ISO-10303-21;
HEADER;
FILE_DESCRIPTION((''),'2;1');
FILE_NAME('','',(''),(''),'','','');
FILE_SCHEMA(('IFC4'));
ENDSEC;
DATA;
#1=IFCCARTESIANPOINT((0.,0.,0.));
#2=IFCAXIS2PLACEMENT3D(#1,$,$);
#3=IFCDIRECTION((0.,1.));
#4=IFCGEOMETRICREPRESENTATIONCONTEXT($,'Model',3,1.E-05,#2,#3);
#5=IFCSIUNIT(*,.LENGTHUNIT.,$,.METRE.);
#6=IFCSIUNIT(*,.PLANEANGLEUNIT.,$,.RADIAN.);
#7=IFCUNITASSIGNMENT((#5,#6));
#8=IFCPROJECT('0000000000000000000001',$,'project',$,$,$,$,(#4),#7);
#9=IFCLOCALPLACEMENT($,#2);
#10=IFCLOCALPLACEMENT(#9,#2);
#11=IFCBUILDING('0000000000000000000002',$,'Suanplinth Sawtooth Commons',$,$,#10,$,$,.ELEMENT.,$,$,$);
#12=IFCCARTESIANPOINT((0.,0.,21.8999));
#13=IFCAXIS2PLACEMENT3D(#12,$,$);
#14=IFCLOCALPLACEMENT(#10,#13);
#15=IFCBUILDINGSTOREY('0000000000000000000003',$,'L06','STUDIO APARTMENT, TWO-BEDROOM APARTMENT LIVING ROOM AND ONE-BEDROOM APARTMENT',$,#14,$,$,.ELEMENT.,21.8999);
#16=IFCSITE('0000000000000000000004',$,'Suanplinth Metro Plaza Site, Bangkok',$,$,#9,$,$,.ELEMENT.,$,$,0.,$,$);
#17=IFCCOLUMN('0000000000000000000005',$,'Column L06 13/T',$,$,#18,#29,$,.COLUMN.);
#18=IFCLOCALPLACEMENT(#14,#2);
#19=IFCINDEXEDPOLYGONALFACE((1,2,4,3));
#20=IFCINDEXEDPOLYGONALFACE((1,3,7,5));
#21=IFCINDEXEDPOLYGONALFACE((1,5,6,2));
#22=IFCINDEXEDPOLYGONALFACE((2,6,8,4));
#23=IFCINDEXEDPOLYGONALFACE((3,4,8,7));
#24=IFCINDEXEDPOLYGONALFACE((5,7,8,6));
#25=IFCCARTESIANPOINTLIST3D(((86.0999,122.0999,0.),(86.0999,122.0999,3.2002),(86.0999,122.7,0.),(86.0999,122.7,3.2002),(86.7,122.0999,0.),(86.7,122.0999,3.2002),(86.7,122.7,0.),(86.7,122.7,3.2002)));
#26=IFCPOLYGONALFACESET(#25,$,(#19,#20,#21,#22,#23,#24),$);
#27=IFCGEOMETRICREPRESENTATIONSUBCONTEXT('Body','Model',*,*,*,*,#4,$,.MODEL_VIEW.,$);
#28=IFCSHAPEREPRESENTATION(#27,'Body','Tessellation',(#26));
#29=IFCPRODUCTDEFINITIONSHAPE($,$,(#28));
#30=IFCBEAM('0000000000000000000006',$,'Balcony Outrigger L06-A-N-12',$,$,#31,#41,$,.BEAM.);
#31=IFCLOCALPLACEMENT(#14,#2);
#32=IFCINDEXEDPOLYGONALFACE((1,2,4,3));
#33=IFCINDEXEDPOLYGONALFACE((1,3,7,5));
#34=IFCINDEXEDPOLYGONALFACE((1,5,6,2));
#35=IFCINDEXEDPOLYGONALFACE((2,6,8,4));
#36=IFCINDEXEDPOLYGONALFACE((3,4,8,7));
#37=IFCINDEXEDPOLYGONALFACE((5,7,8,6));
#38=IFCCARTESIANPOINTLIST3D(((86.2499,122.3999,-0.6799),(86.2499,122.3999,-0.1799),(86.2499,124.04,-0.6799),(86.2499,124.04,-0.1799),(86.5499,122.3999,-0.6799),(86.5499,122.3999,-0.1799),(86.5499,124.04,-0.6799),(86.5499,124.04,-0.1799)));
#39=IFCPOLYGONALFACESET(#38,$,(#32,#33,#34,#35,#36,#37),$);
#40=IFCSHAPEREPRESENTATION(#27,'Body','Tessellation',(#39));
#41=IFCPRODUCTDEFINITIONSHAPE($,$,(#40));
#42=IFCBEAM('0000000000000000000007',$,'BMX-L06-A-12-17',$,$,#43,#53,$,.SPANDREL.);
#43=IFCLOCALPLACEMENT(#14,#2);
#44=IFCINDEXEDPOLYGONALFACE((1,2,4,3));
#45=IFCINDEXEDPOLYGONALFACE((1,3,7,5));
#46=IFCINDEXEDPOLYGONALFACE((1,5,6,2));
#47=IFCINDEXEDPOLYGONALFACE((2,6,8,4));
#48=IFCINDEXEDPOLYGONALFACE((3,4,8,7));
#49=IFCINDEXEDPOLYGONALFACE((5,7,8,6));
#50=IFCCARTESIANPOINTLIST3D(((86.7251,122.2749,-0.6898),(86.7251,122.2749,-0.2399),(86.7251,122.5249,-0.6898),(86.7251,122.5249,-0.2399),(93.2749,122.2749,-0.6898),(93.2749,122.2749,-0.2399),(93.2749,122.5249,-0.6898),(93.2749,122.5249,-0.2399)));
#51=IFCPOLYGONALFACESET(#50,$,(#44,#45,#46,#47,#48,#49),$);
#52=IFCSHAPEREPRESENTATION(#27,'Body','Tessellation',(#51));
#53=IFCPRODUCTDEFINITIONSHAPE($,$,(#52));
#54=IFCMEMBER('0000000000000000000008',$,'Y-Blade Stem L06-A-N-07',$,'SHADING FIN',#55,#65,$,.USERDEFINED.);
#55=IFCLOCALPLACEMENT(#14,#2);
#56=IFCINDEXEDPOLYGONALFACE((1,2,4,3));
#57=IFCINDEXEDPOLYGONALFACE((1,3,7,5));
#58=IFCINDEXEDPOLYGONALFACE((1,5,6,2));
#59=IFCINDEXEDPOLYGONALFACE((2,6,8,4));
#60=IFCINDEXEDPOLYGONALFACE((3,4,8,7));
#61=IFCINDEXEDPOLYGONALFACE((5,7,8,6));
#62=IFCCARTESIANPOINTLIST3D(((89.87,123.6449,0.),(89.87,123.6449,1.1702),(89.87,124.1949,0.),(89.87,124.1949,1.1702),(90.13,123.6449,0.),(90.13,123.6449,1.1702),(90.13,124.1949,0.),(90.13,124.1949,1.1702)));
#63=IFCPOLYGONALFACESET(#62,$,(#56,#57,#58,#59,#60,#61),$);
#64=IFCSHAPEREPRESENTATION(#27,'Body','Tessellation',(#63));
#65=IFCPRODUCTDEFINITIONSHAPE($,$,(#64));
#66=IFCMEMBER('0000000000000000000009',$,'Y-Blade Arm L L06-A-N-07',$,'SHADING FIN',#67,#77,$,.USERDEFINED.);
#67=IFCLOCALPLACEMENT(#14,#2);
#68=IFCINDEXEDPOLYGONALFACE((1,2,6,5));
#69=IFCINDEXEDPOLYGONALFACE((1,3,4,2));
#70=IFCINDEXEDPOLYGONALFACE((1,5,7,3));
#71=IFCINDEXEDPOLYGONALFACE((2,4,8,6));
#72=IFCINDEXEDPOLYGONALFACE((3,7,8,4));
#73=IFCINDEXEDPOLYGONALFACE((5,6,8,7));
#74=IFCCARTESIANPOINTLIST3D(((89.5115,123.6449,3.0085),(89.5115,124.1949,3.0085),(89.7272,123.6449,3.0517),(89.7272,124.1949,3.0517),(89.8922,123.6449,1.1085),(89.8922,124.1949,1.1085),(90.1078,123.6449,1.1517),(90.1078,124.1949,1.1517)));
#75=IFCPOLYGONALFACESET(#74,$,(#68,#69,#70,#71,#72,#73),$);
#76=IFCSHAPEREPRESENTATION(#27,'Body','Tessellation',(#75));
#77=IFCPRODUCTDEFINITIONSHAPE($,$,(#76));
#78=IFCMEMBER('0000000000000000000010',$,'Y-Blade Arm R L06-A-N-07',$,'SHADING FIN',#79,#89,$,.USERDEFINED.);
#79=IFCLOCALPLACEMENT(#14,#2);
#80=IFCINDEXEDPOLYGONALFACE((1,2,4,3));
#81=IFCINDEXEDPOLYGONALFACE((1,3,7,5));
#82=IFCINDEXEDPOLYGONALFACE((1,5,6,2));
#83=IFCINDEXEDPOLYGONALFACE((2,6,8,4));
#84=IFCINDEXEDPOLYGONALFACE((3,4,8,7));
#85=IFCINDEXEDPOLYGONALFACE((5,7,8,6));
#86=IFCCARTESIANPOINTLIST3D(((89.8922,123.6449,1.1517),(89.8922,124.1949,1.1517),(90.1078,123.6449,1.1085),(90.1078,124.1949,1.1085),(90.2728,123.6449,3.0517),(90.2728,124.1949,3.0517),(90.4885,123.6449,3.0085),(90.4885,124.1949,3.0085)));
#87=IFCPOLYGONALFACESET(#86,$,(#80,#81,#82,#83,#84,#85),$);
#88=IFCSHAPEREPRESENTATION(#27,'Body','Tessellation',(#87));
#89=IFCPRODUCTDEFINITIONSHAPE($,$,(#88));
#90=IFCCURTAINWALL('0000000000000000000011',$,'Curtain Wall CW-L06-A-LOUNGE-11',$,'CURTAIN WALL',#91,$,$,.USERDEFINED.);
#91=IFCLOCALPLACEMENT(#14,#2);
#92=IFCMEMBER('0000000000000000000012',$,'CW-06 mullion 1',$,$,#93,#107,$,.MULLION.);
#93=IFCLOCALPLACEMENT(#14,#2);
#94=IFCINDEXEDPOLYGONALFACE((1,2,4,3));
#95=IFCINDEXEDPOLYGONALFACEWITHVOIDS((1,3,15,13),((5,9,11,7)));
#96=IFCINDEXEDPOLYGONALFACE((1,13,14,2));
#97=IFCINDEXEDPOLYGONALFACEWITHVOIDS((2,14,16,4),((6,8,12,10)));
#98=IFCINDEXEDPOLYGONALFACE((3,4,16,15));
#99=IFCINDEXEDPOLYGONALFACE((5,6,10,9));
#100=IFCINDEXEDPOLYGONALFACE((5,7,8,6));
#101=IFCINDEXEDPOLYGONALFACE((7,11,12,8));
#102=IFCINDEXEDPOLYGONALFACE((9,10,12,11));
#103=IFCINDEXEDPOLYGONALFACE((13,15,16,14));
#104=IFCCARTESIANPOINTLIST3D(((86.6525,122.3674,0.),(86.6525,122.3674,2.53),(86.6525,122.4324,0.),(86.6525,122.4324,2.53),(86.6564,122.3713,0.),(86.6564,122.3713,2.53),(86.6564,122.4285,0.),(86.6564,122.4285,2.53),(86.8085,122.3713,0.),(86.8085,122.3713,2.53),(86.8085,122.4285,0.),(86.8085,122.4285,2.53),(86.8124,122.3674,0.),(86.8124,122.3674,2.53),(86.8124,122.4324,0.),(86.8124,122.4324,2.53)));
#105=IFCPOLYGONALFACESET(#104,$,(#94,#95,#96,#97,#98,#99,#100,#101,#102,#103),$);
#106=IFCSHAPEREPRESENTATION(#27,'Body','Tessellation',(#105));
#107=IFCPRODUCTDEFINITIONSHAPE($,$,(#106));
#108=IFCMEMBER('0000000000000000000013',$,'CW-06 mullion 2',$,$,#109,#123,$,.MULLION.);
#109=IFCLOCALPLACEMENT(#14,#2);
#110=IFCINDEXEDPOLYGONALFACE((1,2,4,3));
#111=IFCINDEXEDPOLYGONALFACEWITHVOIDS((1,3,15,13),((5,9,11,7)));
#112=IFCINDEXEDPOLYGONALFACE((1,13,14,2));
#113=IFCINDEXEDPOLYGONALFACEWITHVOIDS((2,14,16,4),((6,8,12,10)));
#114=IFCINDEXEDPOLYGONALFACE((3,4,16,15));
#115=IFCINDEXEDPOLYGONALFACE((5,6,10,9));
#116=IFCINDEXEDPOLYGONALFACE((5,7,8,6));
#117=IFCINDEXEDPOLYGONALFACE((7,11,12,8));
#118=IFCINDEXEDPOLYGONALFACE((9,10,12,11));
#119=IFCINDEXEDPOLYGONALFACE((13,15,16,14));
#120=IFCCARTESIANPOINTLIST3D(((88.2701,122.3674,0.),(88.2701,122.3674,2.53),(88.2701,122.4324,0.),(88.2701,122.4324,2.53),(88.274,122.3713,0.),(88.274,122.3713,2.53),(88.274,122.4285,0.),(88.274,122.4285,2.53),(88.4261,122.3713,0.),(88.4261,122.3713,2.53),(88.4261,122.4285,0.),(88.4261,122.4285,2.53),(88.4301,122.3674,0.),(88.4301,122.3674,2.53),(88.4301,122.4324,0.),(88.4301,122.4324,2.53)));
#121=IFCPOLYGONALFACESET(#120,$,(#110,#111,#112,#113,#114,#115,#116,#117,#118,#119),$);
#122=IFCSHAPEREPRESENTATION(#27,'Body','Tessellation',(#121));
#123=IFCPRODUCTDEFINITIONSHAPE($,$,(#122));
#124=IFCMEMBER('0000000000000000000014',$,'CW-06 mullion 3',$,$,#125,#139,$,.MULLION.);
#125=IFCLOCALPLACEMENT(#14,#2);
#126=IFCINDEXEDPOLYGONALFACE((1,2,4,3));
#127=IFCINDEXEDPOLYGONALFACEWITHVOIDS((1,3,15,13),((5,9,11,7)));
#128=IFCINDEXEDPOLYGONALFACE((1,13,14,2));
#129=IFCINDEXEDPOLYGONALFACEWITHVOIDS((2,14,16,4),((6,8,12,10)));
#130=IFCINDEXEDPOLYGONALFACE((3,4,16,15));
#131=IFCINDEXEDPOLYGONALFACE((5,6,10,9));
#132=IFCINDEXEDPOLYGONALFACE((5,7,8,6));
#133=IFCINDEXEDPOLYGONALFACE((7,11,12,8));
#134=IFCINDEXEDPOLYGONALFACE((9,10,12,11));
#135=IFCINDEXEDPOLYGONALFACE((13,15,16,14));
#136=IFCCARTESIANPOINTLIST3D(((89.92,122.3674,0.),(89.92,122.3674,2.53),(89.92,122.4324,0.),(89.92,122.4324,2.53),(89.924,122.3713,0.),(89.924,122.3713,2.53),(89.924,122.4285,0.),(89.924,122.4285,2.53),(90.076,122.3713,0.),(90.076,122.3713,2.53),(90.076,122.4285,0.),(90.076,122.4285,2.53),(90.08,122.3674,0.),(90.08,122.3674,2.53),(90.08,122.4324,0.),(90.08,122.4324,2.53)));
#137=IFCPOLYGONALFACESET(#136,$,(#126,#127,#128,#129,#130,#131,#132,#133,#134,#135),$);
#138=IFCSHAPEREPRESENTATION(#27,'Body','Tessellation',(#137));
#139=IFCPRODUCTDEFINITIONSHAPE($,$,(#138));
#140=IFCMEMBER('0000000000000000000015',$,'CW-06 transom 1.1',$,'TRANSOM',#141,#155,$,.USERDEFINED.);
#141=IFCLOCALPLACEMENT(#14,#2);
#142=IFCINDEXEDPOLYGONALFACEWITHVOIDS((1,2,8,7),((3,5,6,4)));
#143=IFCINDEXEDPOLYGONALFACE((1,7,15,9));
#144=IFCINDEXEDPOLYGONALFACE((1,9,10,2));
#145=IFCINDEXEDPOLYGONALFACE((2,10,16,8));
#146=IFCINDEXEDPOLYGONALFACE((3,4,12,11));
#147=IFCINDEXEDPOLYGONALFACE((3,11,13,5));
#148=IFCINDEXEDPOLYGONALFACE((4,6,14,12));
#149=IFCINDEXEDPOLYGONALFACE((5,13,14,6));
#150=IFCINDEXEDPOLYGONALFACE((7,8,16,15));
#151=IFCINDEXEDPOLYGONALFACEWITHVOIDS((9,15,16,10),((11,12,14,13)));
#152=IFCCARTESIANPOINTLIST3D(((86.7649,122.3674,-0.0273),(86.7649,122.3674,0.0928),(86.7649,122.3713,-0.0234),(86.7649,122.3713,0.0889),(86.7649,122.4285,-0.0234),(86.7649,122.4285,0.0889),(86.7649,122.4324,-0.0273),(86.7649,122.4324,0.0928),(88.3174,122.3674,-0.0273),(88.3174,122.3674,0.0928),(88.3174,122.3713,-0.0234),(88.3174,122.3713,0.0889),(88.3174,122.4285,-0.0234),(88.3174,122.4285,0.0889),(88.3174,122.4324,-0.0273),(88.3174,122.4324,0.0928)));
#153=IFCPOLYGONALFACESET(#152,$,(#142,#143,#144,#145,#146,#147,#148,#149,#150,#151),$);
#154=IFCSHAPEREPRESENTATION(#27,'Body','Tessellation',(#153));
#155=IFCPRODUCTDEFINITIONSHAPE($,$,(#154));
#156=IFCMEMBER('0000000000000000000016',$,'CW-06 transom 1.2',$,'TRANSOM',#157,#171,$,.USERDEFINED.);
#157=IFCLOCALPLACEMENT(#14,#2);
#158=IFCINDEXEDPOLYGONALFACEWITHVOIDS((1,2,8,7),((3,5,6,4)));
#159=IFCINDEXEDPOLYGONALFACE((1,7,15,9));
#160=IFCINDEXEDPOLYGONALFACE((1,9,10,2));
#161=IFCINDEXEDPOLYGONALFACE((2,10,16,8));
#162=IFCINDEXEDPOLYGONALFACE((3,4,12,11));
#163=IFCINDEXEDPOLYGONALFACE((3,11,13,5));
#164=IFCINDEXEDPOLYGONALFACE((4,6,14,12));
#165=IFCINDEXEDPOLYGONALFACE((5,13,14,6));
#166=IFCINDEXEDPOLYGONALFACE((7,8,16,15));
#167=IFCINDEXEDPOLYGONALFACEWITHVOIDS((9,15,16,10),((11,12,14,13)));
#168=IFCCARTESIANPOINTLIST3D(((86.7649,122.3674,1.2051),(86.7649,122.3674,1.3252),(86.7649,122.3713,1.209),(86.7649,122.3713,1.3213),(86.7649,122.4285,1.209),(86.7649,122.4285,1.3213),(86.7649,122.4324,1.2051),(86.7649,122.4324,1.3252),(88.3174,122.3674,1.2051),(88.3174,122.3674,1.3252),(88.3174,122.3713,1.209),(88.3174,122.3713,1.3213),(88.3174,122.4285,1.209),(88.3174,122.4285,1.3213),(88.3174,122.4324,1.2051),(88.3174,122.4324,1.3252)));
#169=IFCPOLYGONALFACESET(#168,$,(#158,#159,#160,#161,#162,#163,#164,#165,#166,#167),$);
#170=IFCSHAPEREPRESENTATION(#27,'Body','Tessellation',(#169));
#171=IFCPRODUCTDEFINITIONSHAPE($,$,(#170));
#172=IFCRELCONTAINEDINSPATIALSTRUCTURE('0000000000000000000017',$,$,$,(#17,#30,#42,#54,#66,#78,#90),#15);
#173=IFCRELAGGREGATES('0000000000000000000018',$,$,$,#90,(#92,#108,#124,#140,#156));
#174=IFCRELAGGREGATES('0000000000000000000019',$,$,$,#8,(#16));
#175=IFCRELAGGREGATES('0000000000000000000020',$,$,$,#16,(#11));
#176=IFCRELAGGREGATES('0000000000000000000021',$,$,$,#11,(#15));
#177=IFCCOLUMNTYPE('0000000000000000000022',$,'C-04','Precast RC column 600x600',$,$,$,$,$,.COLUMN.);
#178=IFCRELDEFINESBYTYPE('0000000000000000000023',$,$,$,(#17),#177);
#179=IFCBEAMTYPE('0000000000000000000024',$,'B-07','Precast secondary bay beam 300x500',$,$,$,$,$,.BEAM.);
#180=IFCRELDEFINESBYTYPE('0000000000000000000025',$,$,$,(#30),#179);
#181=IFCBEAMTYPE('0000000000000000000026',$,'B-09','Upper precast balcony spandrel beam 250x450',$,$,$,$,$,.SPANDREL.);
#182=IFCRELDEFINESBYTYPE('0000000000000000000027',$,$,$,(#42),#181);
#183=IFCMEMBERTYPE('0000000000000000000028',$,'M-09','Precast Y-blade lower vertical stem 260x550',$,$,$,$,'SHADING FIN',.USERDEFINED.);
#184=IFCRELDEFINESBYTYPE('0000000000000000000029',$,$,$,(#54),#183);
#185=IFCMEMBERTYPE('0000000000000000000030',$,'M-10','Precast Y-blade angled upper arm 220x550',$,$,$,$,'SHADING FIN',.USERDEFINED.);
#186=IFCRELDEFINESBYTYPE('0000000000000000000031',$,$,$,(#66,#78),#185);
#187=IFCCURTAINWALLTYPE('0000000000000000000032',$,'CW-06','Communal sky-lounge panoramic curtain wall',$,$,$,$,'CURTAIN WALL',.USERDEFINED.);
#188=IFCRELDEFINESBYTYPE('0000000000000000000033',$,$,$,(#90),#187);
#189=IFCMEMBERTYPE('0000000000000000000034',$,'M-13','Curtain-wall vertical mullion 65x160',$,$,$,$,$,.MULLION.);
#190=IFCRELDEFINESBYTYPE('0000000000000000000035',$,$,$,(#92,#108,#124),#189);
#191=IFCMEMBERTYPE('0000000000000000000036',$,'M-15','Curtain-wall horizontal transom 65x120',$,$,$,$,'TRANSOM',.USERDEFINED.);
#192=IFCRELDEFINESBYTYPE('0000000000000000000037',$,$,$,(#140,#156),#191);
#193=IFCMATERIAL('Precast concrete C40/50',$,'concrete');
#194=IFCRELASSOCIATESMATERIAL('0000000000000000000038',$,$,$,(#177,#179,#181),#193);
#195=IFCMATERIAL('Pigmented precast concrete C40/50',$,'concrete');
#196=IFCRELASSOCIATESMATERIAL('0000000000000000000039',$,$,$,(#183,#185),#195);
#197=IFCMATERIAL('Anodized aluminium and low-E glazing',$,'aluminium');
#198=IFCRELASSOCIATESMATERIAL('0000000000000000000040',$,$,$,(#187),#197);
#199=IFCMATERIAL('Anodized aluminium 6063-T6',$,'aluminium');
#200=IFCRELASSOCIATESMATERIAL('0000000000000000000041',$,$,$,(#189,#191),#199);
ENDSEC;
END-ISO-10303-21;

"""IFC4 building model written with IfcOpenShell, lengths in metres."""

from ifc_helpers import new_model, si_unit, direction, frame, origin, origin_2d, place, context, subcontext, project, spatial, rectangle, hollow_rectangle, extrude, material, material_profile, profile_set, type_object, element, aggregate, save


model = new_model("IFC4")

# Units and contexts
model_context = context("Model", 3, precision=1e-05, world=origin(), true_north=direction((0.0, 1.0)))
body_context = subcontext(model_context, "Body", "Model", "MODEL_VIEW")
ifc_project = project(units=[si_unit("LENGTHUNIT", "METRE"), si_unit("PLANEANGLEUNIT", "RADIAN")], contexts=[model_context])

# Site, building, storey
site_placement = place(None, origin())
site = spatial("IfcSite", under=ifc_project, at=site_placement, Name="Suanplinth Metro Plaza Site, Bangkok", CompositionType="ELEMENT", RefElevation=0.0)
building_placement = place(site_placement, origin())
building = spatial("IfcBuilding", under=site, at=building_placement, Name="Suanplinth Sawtooth Commons", CompositionType="ELEMENT")
storey_placement = place(building_placement, frame((0.0, 0.0, 21.8999)))
storey = spatial("IfcBuildingStorey", under=building, at=storey_placement, Name="L06", Description="STUDIO APARTMENT, TWO-BEDROOM APARTMENT LIVING ROOM AND ONE-BEDROOM APARTMENT", CompositionType="ELEMENT", Elevation=21.8999)

# Column
ifc_material_1 = material(Name="Precast concrete C40/50", Category="concrete")
ifc_material_profile_1 = material_profile(ifc_material_1, rectangle(XDim=0.6001, YDim=0.6001, at=origin_2d()), Name="PC-COL 600x600")
ifc_profile_set_1 = profile_set([ifc_material_profile_1], Name="Precast concrete C40/50")
column_type = type_object("IfcColumnType", Name="C-04", Description="Precast RC column 600x600", PredefinedType="COLUMN", material=ifc_profile_set_1)
column_placement = place(storey_placement, frame((86.3999, 122.3999, 0.0), z_axis=(0.0, 0.0, 1.0), x_axis=(1.0, 0.0, 0.0)))
element("IfcColumn", 1, at=column_placement, inside=storey, type_object=column_type, Name="Column L06 13/T", PredefinedType="COLUMN", context=body_context, shape_type="SweptSolid", body=[
    extrude(rectangle(XDim=0.6001, YDim=0.6001, at=origin_2d()), origin(), (0.0, 0.0, 1.0), 3.2002),
])

# Beams
ifc_material_profile_2 = material_profile(ifc_material_1, rectangle(XDim=0.3, YDim=0.5, at=origin_2d()), Name="PC-BM 300x500")
ifc_profile_set_2 = profile_set([ifc_material_profile_2], Name="Precast concrete C40/50")
beam_type_1 = type_object("IfcBeamType", Name="B-07", Description="Precast secondary bay beam 300x500", PredefinedType="BEAM", material=ifc_profile_set_2)
beam_1_placement = place(storey_placement, frame((86.3999, 122.3999, -0.4299), z_axis=(0.0, 1.0, 0.0), x_axis=(-1.0, 0.0, 0.0)))
element("IfcBeam", 2, at=beam_1_placement, inside=storey, type_object=beam_type_1, Name="Balcony Outrigger L06-A-N-12", PredefinedType="BEAM", context=body_context, shape_type="SweptSolid", body=[
    extrude(rectangle(XDim=0.3, YDim=0.5, at=origin_2d()), origin(), (0.0, 0.0, 1.0), 1.6401),
])
ifc_material_profile_3 = material_profile(ifc_material_1, rectangle(XDim=0.25, YDim=0.45, at=origin_2d()), Name="PC-SP 250x450")
ifc_profile_set_3 = profile_set([ifc_material_profile_3], Name="Precast concrete C40/50")
beam_type_2 = type_object("IfcBeamType", Name="B-09", Description="Upper precast balcony spandrel beam 250x450", PredefinedType="SPANDREL", material=ifc_profile_set_3)
beam_2_placement = place(storey_placement, frame((86.7251, 122.3999, -0.4648), z_axis=(1.0, 0.0, 0.0), x_axis=(0.0, 1.0, 0.0)))
element("IfcBeam", 3, at=beam_2_placement, inside=storey, type_object=beam_type_2, Name="BMX-L06-A-12-17", PredefinedType="SPANDREL", context=body_context, shape_type="SweptSolid", body=[
    extrude(rectangle(XDim=0.25, YDim=0.45, at=origin_2d()), origin(), (0.0, 0.0, 1.0), 6.5498),
])

# Members
ifc_material_2 = material(Name="Pigmented precast concrete C40/50", Category="concrete")
ifc_material_profile_4 = material_profile(ifc_material_2, rectangle(XDim=0.26, YDim=0.55, at=origin_2d()), Name="PC-FIN 260x550")
ifc_profile_set_4 = profile_set([ifc_material_profile_4], Name="Pigmented precast concrete C40/50")
member_type_1 = type_object("IfcMemberType", Name="M-09", Description="Precast Y-blade lower vertical stem 260x550", ElementType="SHADING FIN", PredefinedType="USERDEFINED", material=ifc_profile_set_4)
member_1_placement = place(storey_placement, frame((90.0, 123.9199, 0.0), z_axis=(0.0, 0.0, 1.0), x_axis=(1.0, 0.0, 0.0)))
element("IfcMember", 4, at=member_1_placement, inside=storey, type_object=member_type_1, Name="Y-Blade Stem L06-A-N-07", ObjectType="SHADING FIN", PredefinedType="USERDEFINED", context=body_context, shape_type="SweptSolid", body=[
    extrude(rectangle(XDim=0.26, YDim=0.55, at=origin_2d()), origin(), (0.0, 0.0, 1.0), 1.1702),
])
ifc_material_profile_5 = material_profile(ifc_material_2, rectangle(XDim=0.22, YDim=0.55, at=origin_2d()), Name="PC-FIN 220x550")
ifc_profile_set_5 = profile_set([ifc_material_profile_5], Name="Pigmented precast concrete C40/50")
member_type_2 = type_object("IfcMemberType", Name="M-10", Description="Precast Y-blade angled upper arm 220x550", ElementType="SHADING FIN", PredefinedType="USERDEFINED", material=ifc_profile_set_5)
for number, where, z_axis, x_axis, name in (
    (5, (90.0, 123.9199, 1.1301), (-0.196431, 0.0, 0.980518), (0.980518, 0.0, 0.196431), "Y-Blade Arm L L06-A-N-07"),
    (6, (90.0, 123.9199, 1.1301), (0.196431, 0.0, 0.980518), (-0.980518, 0.0, 0.196431), "Y-Blade Arm R L06-A-N-07"),
):
    element("IfcMember", number, at=place(storey_placement, frame(where, z_axis=z_axis, x_axis=x_axis)), inside=storey, type_object=member_type_2, Name=name, ObjectType="SHADING FIN", PredefinedType="USERDEFINED", context=body_context, shape_type="SweptSolid", body=[
        extrude(rectangle(XDim=0.22, YDim=0.55, at=origin_2d()), origin(), (0.0, 0.0, 1.0), 1.9377),
    ])

# Curtain wall, members
ifc_material_3 = material(Name="Anodized aluminium and low-E glazing", Category="aluminium")
curtain_wall_type = type_object("IfcCurtainWallType", Name="CW-06", Description="Communal sky-lounge panoramic curtain wall", ElementType="CURTAIN WALL", PredefinedType="USERDEFINED", material=ifc_material_3)
curtain_wall_placement = place(storey_placement, origin())
curtain_wall = element("IfcCurtainWall", 7, at=curtain_wall_placement, inside=storey, type_object=curtain_wall_type, Name="Curtain Wall CW-L06-A-LOUNGE-11", ObjectType="CURTAIN WALL", PredefinedType="USERDEFINED")
ifc_material_4 = material(Name="Anodized aluminium 6063-T6", Category="aluminium")
ifc_material_profile_6 = material_profile(ifc_material_4, hollow_rectangle(XDim=0.0649, YDim=0.1599, WallThickness=0.0039, at=origin_2d()), Name="ALU-MUL 65x160")
ifc_profile_set_6 = profile_set([ifc_material_profile_6], Name="Anodized aluminium 6063-T6")
member_type_3 = type_object("IfcMemberType", Name="M-13", Description="Curtain-wall vertical mullion 65x160", PredefinedType="MULLION", material=ifc_profile_set_6)
member_2_placement = place(storey_placement, frame((86.7324, 122.3999, 0.0), z_axis=(0.0, 0.0, 1.0), x_axis=(0.0, 1.0, 0.0)))
member_2 = element("IfcMember", 8, at=member_2_placement, type_object=member_type_3, Name="CW-06 mullion 1", PredefinedType="MULLION", context=body_context, shape_type="SweptSolid", body=[
    extrude(hollow_rectangle(XDim=0.0649, YDim=0.1599, WallThickness=0.0039, at=origin_2d()), origin(), (0.0, 0.0, 1.0), 2.53),
])
member_3_placement = place(storey_placement, frame((88.3501, 122.3999, 0.0), z_axis=(0.0, 0.0, 1.0), x_axis=(0.0, 1.0, 0.0)))
member_3 = element("IfcMember", 9, at=member_3_placement, type_object=member_type_3, Name="CW-06 mullion 2", PredefinedType="MULLION", context=body_context, shape_type="SweptSolid", body=[
    extrude(hollow_rectangle(XDim=0.0649, YDim=0.1599, WallThickness=0.0039, at=origin_2d()), origin(), (0.0, 0.0, 1.0), 2.53),
])
member_4_placement = place(storey_placement, frame((90.0, 122.3999, 0.0), z_axis=(0.0, 0.0, 1.0), x_axis=(0.0, 1.0, 0.0)))
member_4 = element("IfcMember", 10, at=member_4_placement, type_object=member_type_3, Name="CW-06 mullion 3", PredefinedType="MULLION", context=body_context, shape_type="SweptSolid", body=[
    extrude(hollow_rectangle(XDim=0.0649, YDim=0.1599, WallThickness=0.0039, at=origin_2d()), origin(), (0.0, 0.0, 1.0), 2.53),
])
ifc_material_profile_7 = material_profile(ifc_material_4, hollow_rectangle(XDim=0.0649, YDim=0.1201, WallThickness=0.0039, at=origin_2d()), Name="ALU-TRN 65x120")
ifc_profile_set_7 = profile_set([ifc_material_profile_7], Name="Anodized aluminium 6063-T6")
member_type_4 = type_object("IfcMemberType", Name="M-15", Description="Curtain-wall horizontal transom 65x120", ElementType="TRANSOM", PredefinedType="USERDEFINED", material=ifc_profile_set_7)
member_5_placement = place(storey_placement, frame((86.7649, 122.3999, 0.0327), z_axis=(1.0, 0.0, 0.0), x_axis=(0.0, 1.0, 0.0)))
member_5 = element("IfcMember", 11, at=member_5_placement, type_object=member_type_4, Name="CW-06 transom 1.1", ObjectType="TRANSOM", PredefinedType="USERDEFINED", context=body_context, shape_type="SweptSolid", body=[
    extrude(hollow_rectangle(XDim=0.0649, YDim=0.1201, WallThickness=0.0039, at=origin_2d()), origin(), (0.0, 0.0, 1.0), 1.5525),
])
member_6_placement = place(storey_placement, frame((86.7649, 122.3999, 1.2651), z_axis=(1.0, 0.0, 0.0), x_axis=(0.0, 1.0, 0.0)))
member_6 = element("IfcMember", 12, at=member_6_placement, type_object=member_type_4, Name="CW-06 transom 1.2", ObjectType="TRANSOM", PredefinedType="USERDEFINED", context=body_context, shape_type="SweptSolid", body=[
    extrude(hollow_rectangle(XDim=0.0649, YDim=0.1201, WallThickness=0.0039, at=origin_2d()), origin(), (0.0, 0.0, 1.0), 1.5525),
])

aggregate(curtain_wall, [member_2, member_3, member_4, member_5, member_6])

save(model, "model.ifc")
